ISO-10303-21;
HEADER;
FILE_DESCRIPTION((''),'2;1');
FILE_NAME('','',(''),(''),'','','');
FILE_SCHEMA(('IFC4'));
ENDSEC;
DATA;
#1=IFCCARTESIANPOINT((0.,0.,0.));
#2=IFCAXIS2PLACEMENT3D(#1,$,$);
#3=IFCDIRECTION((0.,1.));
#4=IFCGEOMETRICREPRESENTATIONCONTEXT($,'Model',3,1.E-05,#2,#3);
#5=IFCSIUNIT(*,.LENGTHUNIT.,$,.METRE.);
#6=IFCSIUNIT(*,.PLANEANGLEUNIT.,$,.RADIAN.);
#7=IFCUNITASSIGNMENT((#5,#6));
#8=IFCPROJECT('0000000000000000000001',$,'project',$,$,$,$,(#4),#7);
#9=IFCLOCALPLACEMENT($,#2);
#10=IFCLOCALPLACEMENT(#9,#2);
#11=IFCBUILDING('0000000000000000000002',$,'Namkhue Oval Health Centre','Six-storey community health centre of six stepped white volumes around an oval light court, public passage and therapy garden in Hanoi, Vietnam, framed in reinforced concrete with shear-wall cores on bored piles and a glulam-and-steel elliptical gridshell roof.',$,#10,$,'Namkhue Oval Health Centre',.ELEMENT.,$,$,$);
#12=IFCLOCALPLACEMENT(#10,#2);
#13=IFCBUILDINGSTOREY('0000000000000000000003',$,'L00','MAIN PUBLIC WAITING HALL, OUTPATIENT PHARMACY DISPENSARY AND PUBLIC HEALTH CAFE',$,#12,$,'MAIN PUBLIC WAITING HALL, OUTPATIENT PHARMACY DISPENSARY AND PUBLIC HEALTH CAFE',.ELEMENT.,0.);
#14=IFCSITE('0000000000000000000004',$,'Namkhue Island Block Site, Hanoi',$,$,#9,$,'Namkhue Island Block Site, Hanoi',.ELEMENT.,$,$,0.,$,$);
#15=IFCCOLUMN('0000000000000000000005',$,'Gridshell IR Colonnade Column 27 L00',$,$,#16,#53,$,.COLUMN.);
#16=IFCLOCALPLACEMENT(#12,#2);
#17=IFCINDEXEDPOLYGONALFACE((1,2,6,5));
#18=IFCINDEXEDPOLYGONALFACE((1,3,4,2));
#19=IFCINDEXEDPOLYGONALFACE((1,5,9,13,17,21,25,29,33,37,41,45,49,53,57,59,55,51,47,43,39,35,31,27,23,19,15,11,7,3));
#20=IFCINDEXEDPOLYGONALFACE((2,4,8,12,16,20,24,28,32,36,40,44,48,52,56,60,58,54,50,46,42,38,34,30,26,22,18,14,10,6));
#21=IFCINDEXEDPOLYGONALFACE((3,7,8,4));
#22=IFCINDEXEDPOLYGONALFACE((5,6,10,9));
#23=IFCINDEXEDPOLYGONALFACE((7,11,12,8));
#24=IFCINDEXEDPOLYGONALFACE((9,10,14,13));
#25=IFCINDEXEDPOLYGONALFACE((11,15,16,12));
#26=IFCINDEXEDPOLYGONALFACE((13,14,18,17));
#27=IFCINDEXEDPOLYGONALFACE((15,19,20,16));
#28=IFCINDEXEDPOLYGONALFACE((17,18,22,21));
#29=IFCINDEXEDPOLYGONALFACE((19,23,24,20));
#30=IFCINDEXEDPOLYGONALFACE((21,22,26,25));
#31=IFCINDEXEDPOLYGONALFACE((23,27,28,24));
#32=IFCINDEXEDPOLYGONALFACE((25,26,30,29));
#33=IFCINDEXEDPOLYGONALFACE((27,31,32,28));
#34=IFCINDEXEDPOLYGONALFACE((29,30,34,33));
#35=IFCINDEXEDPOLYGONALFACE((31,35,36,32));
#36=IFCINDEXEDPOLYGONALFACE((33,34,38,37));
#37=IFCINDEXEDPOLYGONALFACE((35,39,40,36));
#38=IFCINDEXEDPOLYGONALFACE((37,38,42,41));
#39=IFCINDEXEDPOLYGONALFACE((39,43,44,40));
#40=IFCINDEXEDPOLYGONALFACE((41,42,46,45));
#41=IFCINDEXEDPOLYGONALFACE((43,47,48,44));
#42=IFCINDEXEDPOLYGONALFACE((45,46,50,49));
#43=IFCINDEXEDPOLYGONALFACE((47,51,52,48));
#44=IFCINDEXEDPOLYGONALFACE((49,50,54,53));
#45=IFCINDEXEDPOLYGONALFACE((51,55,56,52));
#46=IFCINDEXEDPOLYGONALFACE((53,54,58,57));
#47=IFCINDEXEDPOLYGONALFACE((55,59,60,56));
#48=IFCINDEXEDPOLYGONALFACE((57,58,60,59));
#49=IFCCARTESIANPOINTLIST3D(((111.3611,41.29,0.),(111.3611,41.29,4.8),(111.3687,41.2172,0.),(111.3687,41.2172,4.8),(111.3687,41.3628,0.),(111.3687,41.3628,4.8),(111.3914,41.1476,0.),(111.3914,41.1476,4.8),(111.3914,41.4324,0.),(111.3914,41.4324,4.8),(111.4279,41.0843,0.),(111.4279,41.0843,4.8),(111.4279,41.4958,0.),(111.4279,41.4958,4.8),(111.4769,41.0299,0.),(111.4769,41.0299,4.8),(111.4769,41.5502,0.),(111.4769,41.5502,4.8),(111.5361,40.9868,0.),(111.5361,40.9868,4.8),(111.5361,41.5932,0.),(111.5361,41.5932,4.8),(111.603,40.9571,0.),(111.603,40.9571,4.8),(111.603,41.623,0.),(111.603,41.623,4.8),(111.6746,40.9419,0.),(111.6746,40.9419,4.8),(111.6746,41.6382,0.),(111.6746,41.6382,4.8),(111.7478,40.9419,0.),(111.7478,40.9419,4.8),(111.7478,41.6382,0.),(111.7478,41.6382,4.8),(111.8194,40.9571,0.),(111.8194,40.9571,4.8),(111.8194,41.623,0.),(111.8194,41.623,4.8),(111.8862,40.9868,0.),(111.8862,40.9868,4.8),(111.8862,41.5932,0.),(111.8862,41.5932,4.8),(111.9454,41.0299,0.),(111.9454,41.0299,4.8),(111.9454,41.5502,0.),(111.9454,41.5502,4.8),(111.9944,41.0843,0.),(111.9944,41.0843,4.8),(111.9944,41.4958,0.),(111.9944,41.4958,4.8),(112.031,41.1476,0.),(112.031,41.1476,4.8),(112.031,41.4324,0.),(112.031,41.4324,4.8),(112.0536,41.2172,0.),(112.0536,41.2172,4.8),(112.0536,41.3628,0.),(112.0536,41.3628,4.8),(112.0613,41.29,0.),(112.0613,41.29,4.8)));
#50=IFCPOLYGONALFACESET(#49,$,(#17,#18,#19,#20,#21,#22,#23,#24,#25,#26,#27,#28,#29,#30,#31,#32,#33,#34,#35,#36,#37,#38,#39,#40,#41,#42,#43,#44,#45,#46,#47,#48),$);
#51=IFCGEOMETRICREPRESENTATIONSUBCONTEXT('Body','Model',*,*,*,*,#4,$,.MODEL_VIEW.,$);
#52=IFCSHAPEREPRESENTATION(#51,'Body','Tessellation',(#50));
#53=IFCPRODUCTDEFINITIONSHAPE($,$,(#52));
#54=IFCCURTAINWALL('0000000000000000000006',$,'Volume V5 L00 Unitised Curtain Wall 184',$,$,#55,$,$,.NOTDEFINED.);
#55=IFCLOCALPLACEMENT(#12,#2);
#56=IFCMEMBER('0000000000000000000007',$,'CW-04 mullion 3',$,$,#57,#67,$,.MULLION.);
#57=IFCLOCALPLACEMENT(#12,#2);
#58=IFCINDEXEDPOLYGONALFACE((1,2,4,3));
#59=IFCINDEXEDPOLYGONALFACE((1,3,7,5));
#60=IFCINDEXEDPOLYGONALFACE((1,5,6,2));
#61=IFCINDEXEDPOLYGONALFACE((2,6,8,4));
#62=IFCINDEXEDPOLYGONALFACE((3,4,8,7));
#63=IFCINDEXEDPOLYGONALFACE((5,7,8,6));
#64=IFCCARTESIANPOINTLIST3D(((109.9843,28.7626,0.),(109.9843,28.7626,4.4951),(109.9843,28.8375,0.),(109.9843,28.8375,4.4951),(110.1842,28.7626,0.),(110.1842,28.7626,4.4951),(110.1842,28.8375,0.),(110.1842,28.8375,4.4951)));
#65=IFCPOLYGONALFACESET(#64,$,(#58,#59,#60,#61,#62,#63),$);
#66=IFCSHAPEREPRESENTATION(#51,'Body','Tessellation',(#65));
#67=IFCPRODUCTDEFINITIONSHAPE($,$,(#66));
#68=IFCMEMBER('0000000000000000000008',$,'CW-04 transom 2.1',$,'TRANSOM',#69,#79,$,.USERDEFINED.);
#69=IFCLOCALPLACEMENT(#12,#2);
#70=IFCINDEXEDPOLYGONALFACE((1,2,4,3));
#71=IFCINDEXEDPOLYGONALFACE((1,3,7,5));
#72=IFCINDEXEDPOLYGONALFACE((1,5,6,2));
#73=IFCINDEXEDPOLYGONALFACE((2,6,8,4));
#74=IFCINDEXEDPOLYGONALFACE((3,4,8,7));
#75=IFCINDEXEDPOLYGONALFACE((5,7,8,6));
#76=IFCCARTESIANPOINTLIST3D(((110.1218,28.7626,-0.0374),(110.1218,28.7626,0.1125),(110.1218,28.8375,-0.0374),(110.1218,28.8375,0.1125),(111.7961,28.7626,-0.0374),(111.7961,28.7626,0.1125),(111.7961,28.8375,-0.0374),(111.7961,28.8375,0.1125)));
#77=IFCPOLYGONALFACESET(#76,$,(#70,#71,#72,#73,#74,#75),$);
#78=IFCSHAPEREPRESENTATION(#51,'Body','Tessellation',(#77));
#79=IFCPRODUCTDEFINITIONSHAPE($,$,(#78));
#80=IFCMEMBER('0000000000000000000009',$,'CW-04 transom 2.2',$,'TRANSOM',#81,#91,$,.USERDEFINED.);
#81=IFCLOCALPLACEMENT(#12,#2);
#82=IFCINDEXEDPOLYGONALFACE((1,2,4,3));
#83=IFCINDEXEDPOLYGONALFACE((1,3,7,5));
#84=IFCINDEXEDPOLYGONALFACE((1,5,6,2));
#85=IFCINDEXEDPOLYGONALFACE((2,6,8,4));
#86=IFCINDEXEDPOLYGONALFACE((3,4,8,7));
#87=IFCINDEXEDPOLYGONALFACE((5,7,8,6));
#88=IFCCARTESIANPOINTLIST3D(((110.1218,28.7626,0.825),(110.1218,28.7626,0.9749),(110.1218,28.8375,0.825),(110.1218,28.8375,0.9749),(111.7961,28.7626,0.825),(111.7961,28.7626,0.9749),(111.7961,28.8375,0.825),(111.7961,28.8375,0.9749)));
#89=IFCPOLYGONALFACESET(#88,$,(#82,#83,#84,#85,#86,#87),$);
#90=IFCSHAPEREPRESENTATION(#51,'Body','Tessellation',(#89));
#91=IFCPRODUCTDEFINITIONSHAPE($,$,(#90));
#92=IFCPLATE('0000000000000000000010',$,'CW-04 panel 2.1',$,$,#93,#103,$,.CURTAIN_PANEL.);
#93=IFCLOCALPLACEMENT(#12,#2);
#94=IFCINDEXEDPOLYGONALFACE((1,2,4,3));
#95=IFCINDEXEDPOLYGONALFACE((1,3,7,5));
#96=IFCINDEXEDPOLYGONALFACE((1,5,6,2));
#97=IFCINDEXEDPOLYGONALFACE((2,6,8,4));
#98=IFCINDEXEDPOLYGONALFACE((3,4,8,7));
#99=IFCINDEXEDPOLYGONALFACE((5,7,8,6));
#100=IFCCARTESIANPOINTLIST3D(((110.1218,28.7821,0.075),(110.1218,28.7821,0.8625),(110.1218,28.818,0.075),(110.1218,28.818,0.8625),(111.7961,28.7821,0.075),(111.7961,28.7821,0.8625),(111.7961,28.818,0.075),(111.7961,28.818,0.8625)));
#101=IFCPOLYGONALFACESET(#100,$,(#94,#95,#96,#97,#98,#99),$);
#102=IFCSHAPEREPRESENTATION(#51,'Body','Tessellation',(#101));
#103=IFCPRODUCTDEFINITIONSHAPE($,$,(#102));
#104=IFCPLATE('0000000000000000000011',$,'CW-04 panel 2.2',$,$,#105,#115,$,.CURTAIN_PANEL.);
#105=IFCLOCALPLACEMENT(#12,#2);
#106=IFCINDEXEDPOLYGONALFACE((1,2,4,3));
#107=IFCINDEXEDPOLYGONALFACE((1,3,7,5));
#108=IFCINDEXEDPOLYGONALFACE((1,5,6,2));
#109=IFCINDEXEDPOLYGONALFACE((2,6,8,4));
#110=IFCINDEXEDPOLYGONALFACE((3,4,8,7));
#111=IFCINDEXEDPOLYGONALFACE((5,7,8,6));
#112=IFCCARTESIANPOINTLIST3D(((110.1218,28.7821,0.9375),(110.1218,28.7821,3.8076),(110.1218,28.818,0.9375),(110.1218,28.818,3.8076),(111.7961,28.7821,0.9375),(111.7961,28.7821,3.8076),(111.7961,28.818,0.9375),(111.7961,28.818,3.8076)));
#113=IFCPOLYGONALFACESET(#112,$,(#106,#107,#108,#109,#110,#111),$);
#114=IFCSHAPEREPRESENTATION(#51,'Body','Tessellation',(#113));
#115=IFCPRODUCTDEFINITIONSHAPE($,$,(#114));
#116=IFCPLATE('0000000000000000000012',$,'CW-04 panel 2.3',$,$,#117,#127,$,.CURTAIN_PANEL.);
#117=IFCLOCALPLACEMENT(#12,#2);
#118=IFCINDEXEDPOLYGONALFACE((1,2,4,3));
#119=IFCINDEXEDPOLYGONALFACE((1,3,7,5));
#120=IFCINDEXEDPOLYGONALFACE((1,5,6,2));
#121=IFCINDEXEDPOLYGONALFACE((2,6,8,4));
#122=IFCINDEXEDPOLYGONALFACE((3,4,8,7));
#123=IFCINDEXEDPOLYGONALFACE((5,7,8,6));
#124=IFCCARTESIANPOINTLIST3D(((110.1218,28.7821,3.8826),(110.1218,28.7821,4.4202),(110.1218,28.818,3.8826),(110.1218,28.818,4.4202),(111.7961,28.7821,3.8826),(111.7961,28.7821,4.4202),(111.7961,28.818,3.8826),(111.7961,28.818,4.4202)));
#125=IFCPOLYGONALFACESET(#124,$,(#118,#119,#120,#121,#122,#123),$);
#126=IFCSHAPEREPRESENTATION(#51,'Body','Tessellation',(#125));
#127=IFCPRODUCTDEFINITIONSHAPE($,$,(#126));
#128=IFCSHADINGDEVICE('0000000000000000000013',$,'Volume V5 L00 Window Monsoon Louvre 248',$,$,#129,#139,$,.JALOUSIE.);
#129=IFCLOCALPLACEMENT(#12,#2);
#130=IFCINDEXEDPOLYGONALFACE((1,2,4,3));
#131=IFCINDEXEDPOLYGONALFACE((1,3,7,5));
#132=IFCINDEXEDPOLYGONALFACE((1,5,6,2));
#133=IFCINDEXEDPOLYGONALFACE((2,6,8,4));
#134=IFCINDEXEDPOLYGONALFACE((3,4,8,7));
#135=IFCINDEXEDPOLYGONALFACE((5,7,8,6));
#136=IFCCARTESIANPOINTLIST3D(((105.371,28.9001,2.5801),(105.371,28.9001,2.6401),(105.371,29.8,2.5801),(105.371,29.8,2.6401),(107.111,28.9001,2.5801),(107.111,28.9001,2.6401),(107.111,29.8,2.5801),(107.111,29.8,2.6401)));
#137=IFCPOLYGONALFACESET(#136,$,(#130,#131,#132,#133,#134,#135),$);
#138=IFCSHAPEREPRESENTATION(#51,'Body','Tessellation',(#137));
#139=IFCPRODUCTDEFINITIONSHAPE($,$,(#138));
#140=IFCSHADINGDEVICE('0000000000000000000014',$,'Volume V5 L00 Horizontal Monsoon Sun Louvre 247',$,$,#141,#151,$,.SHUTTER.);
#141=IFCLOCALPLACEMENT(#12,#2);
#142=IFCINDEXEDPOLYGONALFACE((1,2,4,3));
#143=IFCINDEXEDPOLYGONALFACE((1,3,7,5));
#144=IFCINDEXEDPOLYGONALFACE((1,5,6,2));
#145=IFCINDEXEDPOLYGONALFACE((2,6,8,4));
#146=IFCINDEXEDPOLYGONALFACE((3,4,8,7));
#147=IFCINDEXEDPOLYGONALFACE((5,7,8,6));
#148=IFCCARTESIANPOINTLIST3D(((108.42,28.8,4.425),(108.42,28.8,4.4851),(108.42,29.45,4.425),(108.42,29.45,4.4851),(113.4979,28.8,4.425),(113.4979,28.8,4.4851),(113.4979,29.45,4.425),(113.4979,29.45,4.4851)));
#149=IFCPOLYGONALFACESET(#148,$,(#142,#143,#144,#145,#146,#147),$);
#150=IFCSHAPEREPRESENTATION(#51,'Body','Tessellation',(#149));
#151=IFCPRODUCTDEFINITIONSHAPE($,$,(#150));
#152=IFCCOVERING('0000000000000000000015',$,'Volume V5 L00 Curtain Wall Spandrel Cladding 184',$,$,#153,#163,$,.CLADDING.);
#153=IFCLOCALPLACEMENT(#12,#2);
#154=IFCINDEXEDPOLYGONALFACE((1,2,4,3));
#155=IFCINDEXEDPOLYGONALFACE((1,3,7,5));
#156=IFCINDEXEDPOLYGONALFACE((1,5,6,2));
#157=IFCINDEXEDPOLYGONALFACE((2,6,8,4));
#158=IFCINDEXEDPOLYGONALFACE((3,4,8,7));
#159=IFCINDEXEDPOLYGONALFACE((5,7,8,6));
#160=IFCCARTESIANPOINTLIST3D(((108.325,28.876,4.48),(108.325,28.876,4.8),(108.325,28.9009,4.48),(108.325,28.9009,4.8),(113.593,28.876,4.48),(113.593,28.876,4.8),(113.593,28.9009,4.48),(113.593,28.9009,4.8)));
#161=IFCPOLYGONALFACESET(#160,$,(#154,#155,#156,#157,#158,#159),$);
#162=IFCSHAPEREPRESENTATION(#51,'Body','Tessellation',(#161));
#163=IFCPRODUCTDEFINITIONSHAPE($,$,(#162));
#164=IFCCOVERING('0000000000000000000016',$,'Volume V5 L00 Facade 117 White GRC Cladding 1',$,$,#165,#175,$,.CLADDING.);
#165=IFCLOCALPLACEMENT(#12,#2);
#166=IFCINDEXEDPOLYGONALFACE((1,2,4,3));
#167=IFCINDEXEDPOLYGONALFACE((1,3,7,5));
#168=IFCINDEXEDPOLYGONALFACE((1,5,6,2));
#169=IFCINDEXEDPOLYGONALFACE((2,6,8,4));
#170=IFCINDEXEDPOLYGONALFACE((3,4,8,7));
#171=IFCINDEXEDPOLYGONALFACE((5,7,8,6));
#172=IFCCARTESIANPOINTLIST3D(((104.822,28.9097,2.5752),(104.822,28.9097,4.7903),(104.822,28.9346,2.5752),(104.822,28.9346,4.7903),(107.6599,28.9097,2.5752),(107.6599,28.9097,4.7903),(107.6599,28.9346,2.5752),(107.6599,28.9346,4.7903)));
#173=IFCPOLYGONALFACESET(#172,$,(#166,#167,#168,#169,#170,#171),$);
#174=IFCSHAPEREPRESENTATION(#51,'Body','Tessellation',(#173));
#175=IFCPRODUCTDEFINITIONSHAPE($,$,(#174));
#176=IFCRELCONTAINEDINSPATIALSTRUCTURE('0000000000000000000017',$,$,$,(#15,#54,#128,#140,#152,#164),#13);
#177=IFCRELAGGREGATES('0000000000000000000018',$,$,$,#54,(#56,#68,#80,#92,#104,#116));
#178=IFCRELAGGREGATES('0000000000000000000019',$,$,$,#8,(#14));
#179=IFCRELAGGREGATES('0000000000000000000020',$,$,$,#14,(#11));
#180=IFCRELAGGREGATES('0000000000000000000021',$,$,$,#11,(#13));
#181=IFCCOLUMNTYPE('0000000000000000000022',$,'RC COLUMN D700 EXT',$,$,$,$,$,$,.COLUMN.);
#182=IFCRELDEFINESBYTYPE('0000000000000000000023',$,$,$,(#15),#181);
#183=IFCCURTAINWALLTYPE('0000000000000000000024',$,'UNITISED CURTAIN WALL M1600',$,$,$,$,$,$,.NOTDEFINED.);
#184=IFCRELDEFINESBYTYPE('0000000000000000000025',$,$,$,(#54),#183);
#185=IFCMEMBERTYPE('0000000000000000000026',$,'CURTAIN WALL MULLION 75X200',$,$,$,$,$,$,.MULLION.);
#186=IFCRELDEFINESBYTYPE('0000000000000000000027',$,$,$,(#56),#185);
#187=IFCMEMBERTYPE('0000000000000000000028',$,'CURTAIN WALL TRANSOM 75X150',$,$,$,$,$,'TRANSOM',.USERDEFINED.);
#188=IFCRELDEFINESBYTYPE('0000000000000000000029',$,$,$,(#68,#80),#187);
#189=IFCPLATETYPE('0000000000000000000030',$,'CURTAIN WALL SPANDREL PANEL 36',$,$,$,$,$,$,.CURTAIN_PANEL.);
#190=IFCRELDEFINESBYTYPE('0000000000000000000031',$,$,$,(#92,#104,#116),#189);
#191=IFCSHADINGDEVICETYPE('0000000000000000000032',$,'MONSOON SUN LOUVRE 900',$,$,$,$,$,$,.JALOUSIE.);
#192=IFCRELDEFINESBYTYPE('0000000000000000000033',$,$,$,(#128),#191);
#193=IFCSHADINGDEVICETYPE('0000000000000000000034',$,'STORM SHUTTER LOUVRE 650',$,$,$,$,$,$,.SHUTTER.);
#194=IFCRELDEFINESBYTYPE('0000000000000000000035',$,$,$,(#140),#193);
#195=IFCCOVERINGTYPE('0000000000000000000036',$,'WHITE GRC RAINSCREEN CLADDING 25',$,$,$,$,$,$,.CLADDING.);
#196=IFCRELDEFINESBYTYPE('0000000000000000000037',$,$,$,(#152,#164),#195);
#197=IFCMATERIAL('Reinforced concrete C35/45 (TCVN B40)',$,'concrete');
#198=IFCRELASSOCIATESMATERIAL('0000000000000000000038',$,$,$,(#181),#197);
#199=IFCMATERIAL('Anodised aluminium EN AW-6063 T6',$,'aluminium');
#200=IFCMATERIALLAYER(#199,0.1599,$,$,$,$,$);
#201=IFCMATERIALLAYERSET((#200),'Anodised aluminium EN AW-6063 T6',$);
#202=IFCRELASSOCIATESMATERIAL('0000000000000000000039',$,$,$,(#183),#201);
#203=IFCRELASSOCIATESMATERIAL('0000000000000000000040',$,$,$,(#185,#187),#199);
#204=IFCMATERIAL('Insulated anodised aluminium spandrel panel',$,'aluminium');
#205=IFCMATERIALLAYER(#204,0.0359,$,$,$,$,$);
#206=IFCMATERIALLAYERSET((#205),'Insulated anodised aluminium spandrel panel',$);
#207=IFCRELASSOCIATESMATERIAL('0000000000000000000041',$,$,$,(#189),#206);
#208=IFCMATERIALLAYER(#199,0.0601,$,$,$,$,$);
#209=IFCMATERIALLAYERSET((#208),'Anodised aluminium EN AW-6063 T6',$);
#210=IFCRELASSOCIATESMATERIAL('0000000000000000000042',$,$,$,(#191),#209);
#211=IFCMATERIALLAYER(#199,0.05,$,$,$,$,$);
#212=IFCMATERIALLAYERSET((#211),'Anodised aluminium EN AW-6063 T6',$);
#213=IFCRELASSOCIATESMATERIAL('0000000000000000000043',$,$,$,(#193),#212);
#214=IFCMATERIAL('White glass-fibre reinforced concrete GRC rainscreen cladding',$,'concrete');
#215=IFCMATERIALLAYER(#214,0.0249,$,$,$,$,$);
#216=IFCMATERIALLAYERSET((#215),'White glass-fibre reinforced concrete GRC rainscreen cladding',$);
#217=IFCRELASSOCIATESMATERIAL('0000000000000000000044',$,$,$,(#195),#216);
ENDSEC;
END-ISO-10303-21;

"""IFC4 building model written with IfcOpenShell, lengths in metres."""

from ifc_helpers import new_model, si_unit, direction, frame, origin, origin_2d, place, context, subcontext, project, spatial, rectangle, circle, extrude, material, layer, layer_set, material_profile, profile_set, type_object, element, aggregate, save


model = new_model("IFC4")

# Units and contexts
model_context = context("Model", 3, precision=1e-05, world=origin(), true_north=direction((0.0, 1.0)))
body_context = subcontext(model_context, "Body", "Model", "MODEL_VIEW")
ifc_project = project(units=[si_unit("LENGTHUNIT", "METRE"), si_unit("PLANEANGLEUNIT", "RADIAN")], contexts=[model_context])

# Site, building, storey
site_placement = place(None, origin())
site = spatial("IfcSite", under=ifc_project, at=site_placement, Name="Namkhue Island Block Site, Hanoi", LongName="Namkhue Island Block Site, Hanoi", CompositionType="ELEMENT", RefElevation=0.0)
building_placement = place(site_placement, origin())
building = spatial("IfcBuilding", under=site, at=building_placement, Name="Namkhue Oval Health Centre", Description="Six-storey community health centre of six stepped white volumes around an oval light court, public passage and therapy garden in Hanoi, Vietnam, framed in reinforced concrete with shear-wall cores on bored piles and a glulam-and-steel elliptical gridshell roof.", LongName="Namkhue Oval Health Centre", CompositionType="ELEMENT")
storey_placement = place(building_placement, origin())
storey = spatial("IfcBuildingStorey", under=building, at=storey_placement, Name="L00", Description="MAIN PUBLIC WAITING HALL, OUTPATIENT PHARMACY DISPENSARY AND PUBLIC HEALTH CAFE", LongName="MAIN PUBLIC WAITING HALL, OUTPATIENT PHARMACY DISPENSARY AND PUBLIC HEALTH CAFE", CompositionType="ELEMENT", Elevation=0.0)

# Column
ifc_material_1 = material(Name="Reinforced concrete C35/45 (TCVN B40)", Category="concrete")
ifc_material_profile_1 = material_profile(ifc_material_1, circle(Radius=0.3501, at=origin_2d()), Name="RC D700")
ifc_profile_set_1 = profile_set([ifc_material_profile_1], Name="Reinforced concrete C35/45 (TCVN B40)")
column_type = type_object("IfcColumnType", Name="RC COLUMN D700 EXT", PredefinedType="COLUMN", material=ifc_profile_set_1)
for number, where, z_axis, x_axis, name in (
    (1, (111.7112, 41.29, 0.0), (0.0, 0.0, 1.0), (1.0, 0.0, 0.0), "Gridshell IR Colonnade Column 27 L00"),
):
    element("IfcColumn", number, at=place(storey_placement, frame(where, z_axis=z_axis, x_axis=x_axis)), inside=storey, type_object=column_type, Name=name, PredefinedType="COLUMN", context=body_context, shape_type="SweptSolid", body=[
        extrude(circle(Radius=0.3501, at=origin_2d()), origin(), (0.0, 0.0, 1.0), 4.8),
    ])

# Curtain wall, members, plates
ifc_material_2 = material(Name="Anodised aluminium EN AW-6063 T6", Category="aluminium")
ifc_layer_1 = layer(ifc_material_2, 0.1599)
ifc_layer_set_1 = layer_set([ifc_layer_1], Name="Anodised aluminium EN AW-6063 T6")
curtain_wall_type = type_object("IfcCurtainWallType", Name="UNITISED CURTAIN WALL M1600", PredefinedType="NOTDEFINED", material=ifc_layer_set_1)
curtain_wall_placement = place(storey_placement, origin())
curtain_wall = element("IfcCurtainWall", 2, at=curtain_wall_placement, inside=storey, type_object=curtain_wall_type, Name="Volume V5 L00 Unitised Curtain Wall 184", PredefinedType="NOTDEFINED")
ifc_material_profile_2 = material_profile(ifc_material_2, rectangle(XDim=0.075, YDim=0.2, at=origin_2d()), Name="ALU 75x200")
ifc_profile_set_2 = profile_set([ifc_material_profile_2], Name="Anodised aluminium EN AW-6063 T6")
member_type_1 = type_object("IfcMemberType", Name="CURTAIN WALL MULLION 75X200", PredefinedType="MULLION", material=ifc_profile_set_2)
member_1_placement = place(storey_placement, frame((110.0842, 28.8, 0.0), z_axis=(0.0, 0.0, 1.0), x_axis=(0.0, -1.0, 0.0)))
member_1 = element("IfcMember", 3, at=member_1_placement, type_object=member_type_1, Name="CW-04 mullion 3", PredefinedType="MULLION", context=body_context, shape_type="SweptSolid", body=[
    extrude(rectangle(XDim=0.075, YDim=0.2, at=origin_2d()), origin(), (0.0, 0.0, 1.0), 4.4951),
])
ifc_material_profile_3 = material_profile(ifc_material_2, rectangle(XDim=0.075, YDim=0.1499, at=origin_2d()), Name="ALU 75x150")
ifc_profile_set_3 = profile_set([ifc_material_profile_3], Name="Anodised aluminium EN AW-6063 T6")
member_type_2 = type_object("IfcMemberType", Name="CURTAIN WALL TRANSOM 75X150", ElementType="TRANSOM", PredefinedType="USERDEFINED", material=ifc_profile_set_3)
member_2_placement = place(storey_placement, frame((111.7961, 28.8, 0.0376), z_axis=(-1.0, 0.0, 0.0), x_axis=(0.0, -1.0, 0.0)))
member_2 = element("IfcMember", 4, at=member_2_placement, type_object=member_type_2, Name="CW-04 transom 2.1", ObjectType="TRANSOM", PredefinedType="USERDEFINED", context=body_context, shape_type="SweptSolid", body=[
    extrude(rectangle(XDim=0.075, YDim=0.1499, at=origin_2d()), origin(), (0.0, 0.0, 1.0), 1.6743),
])
member_3_placement = place(storey_placement, frame((111.7961, 28.8, 0.8999), z_axis=(-1.0, 0.0, 0.0), x_axis=(0.0, -1.0, 0.0)))
member_3 = element("IfcMember", 5, at=member_3_placement, type_object=member_type_2, Name="CW-04 transom 2.2", ObjectType="TRANSOM", PredefinedType="USERDEFINED", context=body_context, shape_type="SweptSolid", body=[
    extrude(rectangle(XDim=0.075, YDim=0.1499, at=origin_2d()), origin(), (0.0, 0.0, 1.0), 1.6743),
])
ifc_material_3 = material(Name="Insulated anodised aluminium spandrel panel", Category="aluminium")
ifc_layer_2 = layer(ifc_material_3, 0.0359)
ifc_layer_set_2 = layer_set([ifc_layer_2], Name="Insulated anodised aluminium spandrel panel")
plate_type = type_object("IfcPlateType", Name="CURTAIN WALL SPANDREL PANEL 36", PredefinedType="CURTAIN_PANEL", material=ifc_layer_set_2)
plate_1_placement = place(storey_placement, frame((110.959, 28.8, 0.075), z_axis=(0.0, 0.0, 1.0), x_axis=(-1.0, 0.0, 0.0)))
plate_1 = element("IfcPlate", 6, at=plate_1_placement, type_object=plate_type, Name="CW-04 panel 2.1", PredefinedType="CURTAIN_PANEL", context=body_context, shape_type="SweptSolid", body=[
    extrude(rectangle(XDim=1.6743, YDim=0.0359, at=origin_2d()), origin(), (0.0, 0.0, 1.0), 0.7876),
])
plate_2_placement = place(storey_placement, frame((110.959, 28.8, 0.9375), z_axis=(0.0, 0.0, 1.0), x_axis=(-1.0, 0.0, 0.0)))
plate_2 = element("IfcPlate", 7, at=plate_2_placement, type_object=plate_type, Name="CW-04 panel 2.2", PredefinedType="CURTAIN_PANEL", context=body_context, shape_type="SweptSolid", body=[
    extrude(rectangle(XDim=1.6743, YDim=0.0359, at=origin_2d()), origin(), (0.0, 0.0, 1.0), 2.8701),
])
plate_3_placement = place(storey_placement, frame((110.959, 28.8, 3.8826), z_axis=(0.0, 0.0, 1.0), x_axis=(-1.0, 0.0, 0.0)))
plate_3 = element("IfcPlate", 8, at=plate_3_placement, type_object=plate_type, Name="CW-04 panel 2.3", PredefinedType="CURTAIN_PANEL", context=body_context, shape_type="SweptSolid", body=[
    extrude(rectangle(XDim=1.6743, YDim=0.0359, at=origin_2d()), origin(), (0.0, 0.0, 1.0), 0.5376),
])
aggregate(curtain_wall, [member_1, member_2, member_3, plate_1, plate_2, plate_3])

# Shading devices
ifc_layer_3 = layer(ifc_material_2, 0.0601)
ifc_layer_set_3 = layer_set([ifc_layer_3], Name="Anodised aluminium EN AW-6063 T6")
shading_device_type_1 = type_object("IfcShadingDeviceType", Name="MONSOON SUN LOUVRE 900", PredefinedType="JALOUSIE", material=ifc_layer_set_3)
shading_device_1_placement = place(storey_placement, frame((106.241, 29.3501, 2.5801), z_axis=(0.0, 0.0, 1.0), x_axis=(-1.0, 0.0, 0.0)))
element("IfcShadingDevice", 9, at=shading_device_1_placement, inside=storey, type_object=shading_device_type_1, Name="Volume V5 L00 Window Monsoon Louvre 248", PredefinedType="JALOUSIE", context=body_context, shape_type="SweptSolid", body=[
    extrude(rectangle(XDim=1.74, YDim=0.8999, at=origin_2d()), origin(), (0.0, 0.0, 1.0), 0.0601),
])
ifc_layer_4 = layer(ifc_material_2, 0.05)
ifc_layer_set_4 = layer_set([ifc_layer_4], Name="Anodised aluminium EN AW-6063 T6")
shading_device_type_2 = type_object("IfcShadingDeviceType", Name="STORM SHUTTER LOUVRE 650", PredefinedType="SHUTTER", material=ifc_layer_set_4)
shading_device_2_placement = place(storey_placement, frame((110.959, 29.125, 4.425), z_axis=(0.0, 0.0, 1.0), x_axis=(-1.0, 0.0, 0.0)))
element("IfcShadingDevice", 10, at=shading_device_2_placement, inside=storey, type_object=shading_device_type_2, Name="Volume V5 L00 Horizontal Monsoon Sun Louvre 247", PredefinedType="SHUTTER", context=body_context, shape_type="SweptSolid", body=[
    extrude(rectangle(XDim=5.0779, YDim=0.6499, at=origin_2d()), origin(), (0.0, 0.0, 1.0), 0.0601),
])

# Coverings
ifc_material_4 = material(Name="White glass-fibre reinforced concrete GRC rainscreen cladding", Category="concrete")
ifc_layer_5 = layer(ifc_material_4, 0.0249)
ifc_layer_set_5 = layer_set([ifc_layer_5], Name="White glass-fibre reinforced concrete GRC rainscreen cladding")
covering_type = type_object("IfcCoveringType", Name="WHITE GRC RAINSCREEN CLADDING 25", PredefinedType="CLADDING", material=ifc_layer_set_5)
covering_1_placement = place(storey_placement, frame((110.959, 28.8884, 4.48), z_axis=(0.0, 0.0, 1.0), x_axis=(-1.0, 0.0, 0.0)))
element("IfcCovering", 11, at=covering_1_placement, inside=storey, type_object=covering_type, Name="Volume V5 L00 Curtain Wall Spandrel Cladding 184", PredefinedType="CLADDING", context=body_context, shape_type="SweptSolid", body=[
    extrude(rectangle(XDim=5.2681, YDim=0.0249, at=origin_2d()), origin(), (0.0, 0.0, 1.0), 0.3201),
])
covering_2_placement = place(storey_placement, frame((106.241, 28.9221, 2.5752), z_axis=(0.0, 0.0, 1.0), x_axis=(-1.0, 0.0, 0.0)))
element("IfcCovering", 12, at=covering_2_placement, inside=storey, type_object=covering_type, Name="Volume V5 L00 Facade 117 White GRC Cladding 1", PredefinedType="CLADDING", context=body_context, shape_type="SweptSolid", body=[
    extrude(rectangle(XDim=2.8379, YDim=0.0249, at=origin_2d()), origin(), (0.0, 0.0, 1.0), 2.2151),
])

save(model, "model.ifc")
